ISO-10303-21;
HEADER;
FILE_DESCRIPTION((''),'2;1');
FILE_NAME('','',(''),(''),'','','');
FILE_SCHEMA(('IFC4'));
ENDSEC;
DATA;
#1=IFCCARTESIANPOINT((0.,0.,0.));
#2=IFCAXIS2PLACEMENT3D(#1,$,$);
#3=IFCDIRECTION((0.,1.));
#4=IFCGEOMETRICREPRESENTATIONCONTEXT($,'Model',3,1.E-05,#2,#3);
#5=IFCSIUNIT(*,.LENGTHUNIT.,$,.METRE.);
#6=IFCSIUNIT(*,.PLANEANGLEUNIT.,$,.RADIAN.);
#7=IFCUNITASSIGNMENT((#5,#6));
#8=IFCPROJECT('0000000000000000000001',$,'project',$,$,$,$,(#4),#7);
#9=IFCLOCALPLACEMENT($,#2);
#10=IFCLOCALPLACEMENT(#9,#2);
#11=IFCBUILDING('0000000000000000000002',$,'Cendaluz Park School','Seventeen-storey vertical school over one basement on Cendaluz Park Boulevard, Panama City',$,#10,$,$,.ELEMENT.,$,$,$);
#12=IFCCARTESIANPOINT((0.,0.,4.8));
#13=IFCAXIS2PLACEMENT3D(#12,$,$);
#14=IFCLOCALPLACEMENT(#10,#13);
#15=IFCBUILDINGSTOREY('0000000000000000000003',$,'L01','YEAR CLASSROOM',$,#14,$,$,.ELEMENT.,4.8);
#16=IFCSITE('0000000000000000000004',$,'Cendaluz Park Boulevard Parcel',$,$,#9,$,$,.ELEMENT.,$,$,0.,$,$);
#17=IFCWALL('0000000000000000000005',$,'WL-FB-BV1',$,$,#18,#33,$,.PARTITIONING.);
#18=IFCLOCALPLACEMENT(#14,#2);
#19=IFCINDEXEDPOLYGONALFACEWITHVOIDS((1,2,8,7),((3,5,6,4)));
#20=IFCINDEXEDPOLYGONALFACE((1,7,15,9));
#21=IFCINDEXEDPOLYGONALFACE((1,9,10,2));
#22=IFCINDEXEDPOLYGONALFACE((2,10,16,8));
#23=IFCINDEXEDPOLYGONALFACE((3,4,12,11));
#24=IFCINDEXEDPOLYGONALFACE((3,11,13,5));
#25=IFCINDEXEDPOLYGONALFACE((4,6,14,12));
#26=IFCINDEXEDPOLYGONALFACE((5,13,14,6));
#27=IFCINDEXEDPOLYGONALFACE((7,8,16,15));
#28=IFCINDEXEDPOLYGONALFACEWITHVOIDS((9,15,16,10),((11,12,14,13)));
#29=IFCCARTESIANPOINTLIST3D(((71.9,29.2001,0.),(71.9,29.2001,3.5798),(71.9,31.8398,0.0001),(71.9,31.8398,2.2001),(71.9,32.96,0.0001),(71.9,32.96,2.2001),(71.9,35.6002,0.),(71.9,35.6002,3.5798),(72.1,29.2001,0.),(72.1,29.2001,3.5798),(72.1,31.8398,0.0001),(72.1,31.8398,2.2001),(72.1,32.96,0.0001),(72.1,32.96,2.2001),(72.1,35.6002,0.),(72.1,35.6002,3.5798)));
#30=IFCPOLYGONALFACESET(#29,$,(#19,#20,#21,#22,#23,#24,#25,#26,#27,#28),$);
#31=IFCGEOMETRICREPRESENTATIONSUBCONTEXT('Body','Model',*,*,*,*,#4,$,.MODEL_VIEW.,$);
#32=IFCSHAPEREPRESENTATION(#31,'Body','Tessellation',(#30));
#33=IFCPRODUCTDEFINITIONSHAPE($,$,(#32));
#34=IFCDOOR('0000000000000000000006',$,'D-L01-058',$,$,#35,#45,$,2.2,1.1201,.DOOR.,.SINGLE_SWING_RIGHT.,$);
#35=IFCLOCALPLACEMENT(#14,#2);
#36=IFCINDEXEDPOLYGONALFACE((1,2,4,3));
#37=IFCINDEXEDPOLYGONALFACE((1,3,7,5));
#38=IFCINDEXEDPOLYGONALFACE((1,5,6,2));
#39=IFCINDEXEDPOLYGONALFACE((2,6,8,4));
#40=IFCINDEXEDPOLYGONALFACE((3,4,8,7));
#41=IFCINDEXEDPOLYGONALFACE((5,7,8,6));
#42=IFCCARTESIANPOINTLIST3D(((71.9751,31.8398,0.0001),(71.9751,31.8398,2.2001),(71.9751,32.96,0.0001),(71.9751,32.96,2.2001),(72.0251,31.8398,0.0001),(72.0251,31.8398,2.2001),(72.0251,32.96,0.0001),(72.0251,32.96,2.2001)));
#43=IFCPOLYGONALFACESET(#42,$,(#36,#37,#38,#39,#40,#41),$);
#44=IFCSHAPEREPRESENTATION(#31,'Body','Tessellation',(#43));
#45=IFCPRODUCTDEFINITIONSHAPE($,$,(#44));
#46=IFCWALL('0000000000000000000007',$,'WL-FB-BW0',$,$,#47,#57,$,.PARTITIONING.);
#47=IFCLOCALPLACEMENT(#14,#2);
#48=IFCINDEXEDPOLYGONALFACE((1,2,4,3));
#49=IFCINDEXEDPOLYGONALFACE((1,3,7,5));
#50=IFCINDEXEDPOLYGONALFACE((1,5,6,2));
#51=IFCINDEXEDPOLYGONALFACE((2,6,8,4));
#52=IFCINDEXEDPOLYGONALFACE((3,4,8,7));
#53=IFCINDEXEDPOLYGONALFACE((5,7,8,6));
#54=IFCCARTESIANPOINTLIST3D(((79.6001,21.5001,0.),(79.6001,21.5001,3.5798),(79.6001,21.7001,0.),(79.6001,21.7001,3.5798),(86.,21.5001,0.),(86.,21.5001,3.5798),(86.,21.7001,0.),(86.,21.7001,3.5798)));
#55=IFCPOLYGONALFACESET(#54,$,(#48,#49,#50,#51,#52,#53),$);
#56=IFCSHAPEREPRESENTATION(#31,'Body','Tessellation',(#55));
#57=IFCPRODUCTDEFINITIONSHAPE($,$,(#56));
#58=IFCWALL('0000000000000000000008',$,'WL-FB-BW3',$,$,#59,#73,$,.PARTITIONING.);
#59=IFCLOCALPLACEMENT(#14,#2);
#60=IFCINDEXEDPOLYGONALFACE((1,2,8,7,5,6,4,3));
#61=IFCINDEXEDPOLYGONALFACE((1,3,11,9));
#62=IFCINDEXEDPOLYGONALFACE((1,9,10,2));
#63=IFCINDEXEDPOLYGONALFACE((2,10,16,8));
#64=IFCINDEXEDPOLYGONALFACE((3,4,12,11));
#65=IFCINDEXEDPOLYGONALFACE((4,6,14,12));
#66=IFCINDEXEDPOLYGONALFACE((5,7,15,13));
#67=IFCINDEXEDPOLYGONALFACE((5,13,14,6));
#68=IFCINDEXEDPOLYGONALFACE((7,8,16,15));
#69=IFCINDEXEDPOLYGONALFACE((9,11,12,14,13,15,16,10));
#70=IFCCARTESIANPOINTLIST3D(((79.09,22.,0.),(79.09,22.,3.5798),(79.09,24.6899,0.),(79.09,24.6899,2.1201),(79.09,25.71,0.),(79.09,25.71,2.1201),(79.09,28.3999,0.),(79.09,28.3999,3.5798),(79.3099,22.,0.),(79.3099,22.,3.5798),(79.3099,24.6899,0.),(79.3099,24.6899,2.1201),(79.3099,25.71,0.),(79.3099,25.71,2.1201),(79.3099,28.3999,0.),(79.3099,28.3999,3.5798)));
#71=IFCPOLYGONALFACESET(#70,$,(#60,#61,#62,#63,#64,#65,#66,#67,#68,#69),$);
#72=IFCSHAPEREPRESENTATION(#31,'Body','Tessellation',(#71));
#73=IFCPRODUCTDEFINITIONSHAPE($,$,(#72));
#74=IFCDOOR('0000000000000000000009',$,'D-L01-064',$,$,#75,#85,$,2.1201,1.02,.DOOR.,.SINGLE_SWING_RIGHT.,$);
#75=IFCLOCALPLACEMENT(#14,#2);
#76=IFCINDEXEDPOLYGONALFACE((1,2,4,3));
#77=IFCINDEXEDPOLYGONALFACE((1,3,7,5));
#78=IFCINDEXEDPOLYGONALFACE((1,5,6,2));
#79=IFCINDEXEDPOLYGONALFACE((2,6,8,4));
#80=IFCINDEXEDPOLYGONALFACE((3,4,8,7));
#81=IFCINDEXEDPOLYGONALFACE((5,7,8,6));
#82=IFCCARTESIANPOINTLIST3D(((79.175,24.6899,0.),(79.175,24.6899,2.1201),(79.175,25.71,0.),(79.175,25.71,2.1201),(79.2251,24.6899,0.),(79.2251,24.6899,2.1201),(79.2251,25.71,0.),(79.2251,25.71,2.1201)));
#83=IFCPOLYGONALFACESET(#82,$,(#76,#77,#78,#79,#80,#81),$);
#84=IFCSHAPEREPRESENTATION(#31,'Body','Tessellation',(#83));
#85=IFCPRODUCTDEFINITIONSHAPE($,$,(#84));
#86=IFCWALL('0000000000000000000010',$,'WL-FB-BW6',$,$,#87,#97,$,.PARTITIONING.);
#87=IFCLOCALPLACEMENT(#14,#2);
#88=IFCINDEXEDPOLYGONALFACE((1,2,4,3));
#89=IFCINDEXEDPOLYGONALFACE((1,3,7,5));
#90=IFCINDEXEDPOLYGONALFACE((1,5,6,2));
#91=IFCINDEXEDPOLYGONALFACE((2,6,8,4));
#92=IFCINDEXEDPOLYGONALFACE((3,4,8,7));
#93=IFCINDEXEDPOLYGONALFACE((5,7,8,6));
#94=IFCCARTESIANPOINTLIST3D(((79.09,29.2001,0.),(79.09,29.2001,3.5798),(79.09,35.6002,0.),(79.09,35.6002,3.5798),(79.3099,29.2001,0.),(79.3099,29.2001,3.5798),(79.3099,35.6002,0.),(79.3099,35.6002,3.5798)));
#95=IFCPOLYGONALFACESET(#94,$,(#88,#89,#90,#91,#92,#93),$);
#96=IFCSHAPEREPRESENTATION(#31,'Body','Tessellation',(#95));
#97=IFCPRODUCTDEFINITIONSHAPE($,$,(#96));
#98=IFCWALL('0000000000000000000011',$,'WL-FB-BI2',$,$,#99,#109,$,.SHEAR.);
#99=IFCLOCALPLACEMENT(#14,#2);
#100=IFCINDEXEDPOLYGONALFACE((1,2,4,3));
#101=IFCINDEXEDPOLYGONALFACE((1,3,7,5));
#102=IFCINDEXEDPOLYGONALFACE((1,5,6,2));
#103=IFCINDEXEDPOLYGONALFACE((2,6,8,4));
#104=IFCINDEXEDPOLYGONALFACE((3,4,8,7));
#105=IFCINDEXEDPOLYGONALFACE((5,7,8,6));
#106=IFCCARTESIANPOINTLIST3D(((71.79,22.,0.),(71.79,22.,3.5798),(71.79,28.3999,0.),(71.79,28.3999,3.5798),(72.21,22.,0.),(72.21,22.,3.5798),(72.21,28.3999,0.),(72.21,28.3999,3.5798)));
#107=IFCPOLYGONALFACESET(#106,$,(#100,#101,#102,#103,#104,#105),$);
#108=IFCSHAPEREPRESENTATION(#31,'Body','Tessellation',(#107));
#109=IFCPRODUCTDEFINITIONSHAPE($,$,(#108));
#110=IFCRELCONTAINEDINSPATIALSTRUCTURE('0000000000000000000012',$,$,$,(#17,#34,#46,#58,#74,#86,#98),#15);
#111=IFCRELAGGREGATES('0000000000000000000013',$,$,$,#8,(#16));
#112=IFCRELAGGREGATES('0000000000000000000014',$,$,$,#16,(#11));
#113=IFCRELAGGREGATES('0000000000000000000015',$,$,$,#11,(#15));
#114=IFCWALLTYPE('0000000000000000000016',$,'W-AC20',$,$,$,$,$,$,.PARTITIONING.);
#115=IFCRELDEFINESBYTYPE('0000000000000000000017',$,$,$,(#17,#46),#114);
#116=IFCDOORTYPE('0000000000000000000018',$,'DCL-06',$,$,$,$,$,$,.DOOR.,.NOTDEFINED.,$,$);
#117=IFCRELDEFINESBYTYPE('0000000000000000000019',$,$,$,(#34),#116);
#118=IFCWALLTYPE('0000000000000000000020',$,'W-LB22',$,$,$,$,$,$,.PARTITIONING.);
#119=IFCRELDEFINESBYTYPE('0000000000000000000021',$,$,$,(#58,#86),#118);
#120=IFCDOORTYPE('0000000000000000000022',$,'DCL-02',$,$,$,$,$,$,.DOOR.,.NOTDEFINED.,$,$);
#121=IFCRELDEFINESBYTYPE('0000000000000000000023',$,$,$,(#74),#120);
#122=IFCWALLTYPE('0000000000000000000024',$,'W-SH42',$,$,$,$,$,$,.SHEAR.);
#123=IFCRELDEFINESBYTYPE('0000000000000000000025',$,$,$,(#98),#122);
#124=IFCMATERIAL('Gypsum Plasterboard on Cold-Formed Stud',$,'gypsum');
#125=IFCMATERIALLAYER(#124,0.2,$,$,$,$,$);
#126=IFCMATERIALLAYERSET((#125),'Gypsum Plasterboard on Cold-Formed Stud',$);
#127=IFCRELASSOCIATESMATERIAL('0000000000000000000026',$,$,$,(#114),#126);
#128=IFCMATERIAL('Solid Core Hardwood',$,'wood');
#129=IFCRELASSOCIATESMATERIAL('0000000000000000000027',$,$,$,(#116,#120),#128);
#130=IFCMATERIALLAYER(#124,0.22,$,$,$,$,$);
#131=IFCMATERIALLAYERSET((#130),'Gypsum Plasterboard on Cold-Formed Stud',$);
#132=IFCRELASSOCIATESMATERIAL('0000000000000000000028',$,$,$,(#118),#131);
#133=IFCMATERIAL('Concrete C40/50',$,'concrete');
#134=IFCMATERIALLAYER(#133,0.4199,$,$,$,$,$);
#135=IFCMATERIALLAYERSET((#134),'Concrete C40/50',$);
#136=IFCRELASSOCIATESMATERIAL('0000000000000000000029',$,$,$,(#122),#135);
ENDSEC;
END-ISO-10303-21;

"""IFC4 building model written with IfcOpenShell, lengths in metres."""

from ifc_helpers import new_model, si_unit, direction, frame, frame_2d, origin, place, context, subcontext, project, spatial, rectangle, extrude, material, layer, layer_set, type_object, element, fill, save


model = new_model("IFC4")

# Units and contexts
model_context = context("Model", 3, precision=1e-05, world=origin(), true_north=direction((0.0, 1.0)))
body_context = subcontext(model_context, "Body", "Model", "MODEL_VIEW")
ifc_project = project(units=[si_unit("LENGTHUNIT", "METRE"), si_unit("PLANEANGLEUNIT", "RADIAN")], contexts=[model_context])

# Site, building, storey
site_placement = place(None, origin())
site = spatial("IfcSite", under=ifc_project, at=site_placement, Name="Cendaluz Park Boulevard Parcel", CompositionType="ELEMENT", RefElevation=0.0)
building_placement = place(site_placement, origin())
building = spatial("IfcBuilding", under=site, at=building_placement, Name="Cendaluz Park School", Description="Seventeen-storey vertical school over one basement on Cendaluz Park Boulevard, Panama City", CompositionType="ELEMENT")
storey_placement = place(building_placement, frame((0.0, 0.0, 4.8)))
storey = spatial("IfcBuildingStorey", under=building, at=storey_placement, Name="L01", Description="YEAR CLASSROOM", CompositionType="ELEMENT", Elevation=4.8)

# Shared definitions
ifc_material_1 = material(Name="Concrete C40/50", Category="concrete")

# Wall, opening, door
ifc_material_2 = material(Name="Gypsum Plasterboard on Cold-Formed Stud", Category="gypsum")
ifc_layer_1 = layer(ifc_material_2, 0.2)
ifc_layer_set_1 = layer_set([ifc_layer_1], Name="Gypsum Plasterboard on Cold-Formed Stud")
wall_type_1 = type_object("IfcWallType", Name="W-AC20", PredefinedType="PARTITIONING", material=ifc_layer_set_1)
wall_1_placement = place(storey_placement, frame((72.0, 29.2, 0.0), z_axis=(0.0, 0.0, 1.0), x_axis=(0.0, 1.0, 0.0)))
wall_1 = element("IfcWall", 1, at=wall_1_placement, inside=storey, type_object=wall_type_1, Name="WL-FB-BV1", PredefinedType="PARTITIONING", context=body_context, shape_type="SweptSolid", body=[
    extrude(rectangle(XDim=6.4001, YDim=0.2, at=frame_2d((3.2002, 0.0))), origin(), (0.0, 0.0, 1.0), 3.5798),
])
opening_1_placement = place(wall_1_placement, frame((2.6399, 0.0, 0.0)))
opening_1 = element("IfcOpeningElement", 2, at=opening_1_placement, cuts=wall_1, PredefinedType="OPENING", context=body_context, shape_type="SweptSolid", body=[
    extrude(rectangle(XDim=1.1201, YDim=2.2, at=frame_2d((0.5601, 1.1001))), frame((0.0, 0.1121, 0.0), z_axis=(0.0, -1.0, 0.0), x_axis=(1.0, 0.0, 0.0)), (0.0, 0.0, 1.0), 0.2239),
])
ifc_material_3 = material(Name="Solid Core Hardwood", Category="wood")
door_type_1 = type_object("IfcDoorType", Name="DCL-06", OperationType="NOTDEFINED", PredefinedType="DOOR", material=ifc_material_3)
door_1_placement = place(opening_1_placement, origin())
door_1 = element("IfcDoor", 3, at=door_1_placement, inside=storey, type_object=door_type_1, Name="D-L01-058", OperationType="SINGLE_SWING_RIGHT", OverallHeight=2.2, OverallWidth=1.1201, PredefinedType="DOOR", context=body_context, shape_type="SweptSolid", body=[
    extrude(rectangle(XDim=1.1201, YDim=2.2, at=frame_2d((0.5601, 1.1001))), frame((0.0, 0.0249, 0.0), z_axis=(0.0, -1.0, 0.0), x_axis=(1.0, 0.0, 0.0)), (0.0, 0.0, 1.0), 0.05),
])
fill(opening_1, door_1)

# Wall
wall_2_placement = place(storey_placement, frame((79.6001, 21.6001, 0.0), z_axis=(0.0, 0.0, 1.0), x_axis=(1.0, 0.0, 0.0)))
element("IfcWall", 4, at=wall_2_placement, inside=storey, type_object=wall_type_1, Name="WL-FB-BW0", PredefinedType="PARTITIONING", context=body_context, shape_type="SweptSolid", body=[
    extrude(rectangle(XDim=6.3999, YDim=0.2, at=frame_2d((3.2, 0.0))), origin(), (0.0, 0.0, 1.0), 3.5798),
])

# Wall, opening, door
ifc_layer_2 = layer(ifc_material_2, 0.22)
ifc_layer_set_2 = layer_set([ifc_layer_2], Name="Gypsum Plasterboard on Cold-Formed Stud")
wall_type_2 = type_object("IfcWallType", Name="W-LB22", PredefinedType="PARTITIONING", material=ifc_layer_set_2)
wall_3_placement = place(storey_placement, frame((79.2, 22.0, 0.0), z_axis=(0.0, 0.0, 1.0), x_axis=(0.0, 1.0, 0.0)))
wall_3 = element("IfcWall", 5, at=wall_3_placement, inside=storey, type_object=wall_type_2, Name="WL-FB-BW3", PredefinedType="PARTITIONING", context=body_context, shape_type="SweptSolid", body=[
    extrude(rectangle(XDim=6.3999, YDim=0.22, at=frame_2d((3.2, 0.0))), origin(), (0.0, 0.0, 1.0), 3.5798),
])
opening_2_placement = place(wall_3_placement, frame((2.6899, 0.0, 0.0)))
opening_2 = element("IfcOpeningElement", 6, at=opening_2_placement, cuts=wall_3, PredefinedType="OPENING", context=body_context, shape_type="SweptSolid", body=[
    extrude(rectangle(XDim=1.02, YDim=2.1201, at=frame_2d((0.51, 1.0601))), frame((0.0, 0.1221, 0.0), z_axis=(0.0, -1.0, 0.0), x_axis=(1.0, 0.0, 0.0)), (0.0, 0.0, 1.0), 0.2439),
])
door_type_2 = type_object("IfcDoorType", Name="DCL-02", OperationType="NOTDEFINED", PredefinedType="DOOR", material=ifc_material_3)
door_2_placement = place(opening_2_placement, origin())
door_2 = element("IfcDoor", 7, at=door_2_placement, inside=storey, type_object=door_type_2, Name="D-L01-064", OperationType="SINGLE_SWING_RIGHT", OverallHeight=2.1201, OverallWidth=1.02, PredefinedType="DOOR", context=body_context, shape_type="SweptSolid", body=[
    extrude(rectangle(XDim=1.02, YDim=2.1201, at=frame_2d((0.51, 1.0601))), frame((0.0, 0.0249, 0.0), z_axis=(0.0, -1.0, 0.0), x_axis=(1.0, 0.0, 0.0)), (0.0, 0.0, 1.0), 0.05),
])
fill(opening_2, door_2)

# Walls
wall_4_placement = place(storey_placement, frame((79.2, 29.2, 0.0), z_axis=(0.0, 0.0, 1.0), x_axis=(0.0, 1.0, 0.0)))
element("IfcWall", 8, at=wall_4_placement, inside=storey, type_object=wall_type_2, Name="WL-FB-BW6", PredefinedType="PARTITIONING", context=body_context, shape_type="SweptSolid", body=[
    extrude(rectangle(XDim=6.4001, YDim=0.22, at=frame_2d((3.2002, 0.0))), origin(), (0.0, 0.0, 1.0), 3.5798),
])
ifc_layer_3 = layer(ifc_material_1, 0.4199)
ifc_layer_set_3 = layer_set([ifc_layer_3], Name="Concrete C40/50")
wall_type_3 = type_object("IfcWallType", Name="W-SH42", PredefinedType="SHEAR", material=ifc_layer_set_3)
wall_5_placement = place(storey_placement, frame((72.0, 22.0, 0.0), z_axis=(0.0, 0.0, 1.0), x_axis=(0.0, 1.0, 0.0)))
element("IfcWall", 9, at=wall_5_placement, inside=storey, type_object=wall_type_3, Name="WL-FB-BI2", PredefinedType="SHEAR", context=body_context, shape_type="SweptSolid", body=[
    extrude(rectangle(XDim=6.3999, YDim=0.4199, at=frame_2d((3.2, 0.0))), origin(), (0.0, 0.0, 1.0), 3.5798),
])

save(model, "model.ifc")
